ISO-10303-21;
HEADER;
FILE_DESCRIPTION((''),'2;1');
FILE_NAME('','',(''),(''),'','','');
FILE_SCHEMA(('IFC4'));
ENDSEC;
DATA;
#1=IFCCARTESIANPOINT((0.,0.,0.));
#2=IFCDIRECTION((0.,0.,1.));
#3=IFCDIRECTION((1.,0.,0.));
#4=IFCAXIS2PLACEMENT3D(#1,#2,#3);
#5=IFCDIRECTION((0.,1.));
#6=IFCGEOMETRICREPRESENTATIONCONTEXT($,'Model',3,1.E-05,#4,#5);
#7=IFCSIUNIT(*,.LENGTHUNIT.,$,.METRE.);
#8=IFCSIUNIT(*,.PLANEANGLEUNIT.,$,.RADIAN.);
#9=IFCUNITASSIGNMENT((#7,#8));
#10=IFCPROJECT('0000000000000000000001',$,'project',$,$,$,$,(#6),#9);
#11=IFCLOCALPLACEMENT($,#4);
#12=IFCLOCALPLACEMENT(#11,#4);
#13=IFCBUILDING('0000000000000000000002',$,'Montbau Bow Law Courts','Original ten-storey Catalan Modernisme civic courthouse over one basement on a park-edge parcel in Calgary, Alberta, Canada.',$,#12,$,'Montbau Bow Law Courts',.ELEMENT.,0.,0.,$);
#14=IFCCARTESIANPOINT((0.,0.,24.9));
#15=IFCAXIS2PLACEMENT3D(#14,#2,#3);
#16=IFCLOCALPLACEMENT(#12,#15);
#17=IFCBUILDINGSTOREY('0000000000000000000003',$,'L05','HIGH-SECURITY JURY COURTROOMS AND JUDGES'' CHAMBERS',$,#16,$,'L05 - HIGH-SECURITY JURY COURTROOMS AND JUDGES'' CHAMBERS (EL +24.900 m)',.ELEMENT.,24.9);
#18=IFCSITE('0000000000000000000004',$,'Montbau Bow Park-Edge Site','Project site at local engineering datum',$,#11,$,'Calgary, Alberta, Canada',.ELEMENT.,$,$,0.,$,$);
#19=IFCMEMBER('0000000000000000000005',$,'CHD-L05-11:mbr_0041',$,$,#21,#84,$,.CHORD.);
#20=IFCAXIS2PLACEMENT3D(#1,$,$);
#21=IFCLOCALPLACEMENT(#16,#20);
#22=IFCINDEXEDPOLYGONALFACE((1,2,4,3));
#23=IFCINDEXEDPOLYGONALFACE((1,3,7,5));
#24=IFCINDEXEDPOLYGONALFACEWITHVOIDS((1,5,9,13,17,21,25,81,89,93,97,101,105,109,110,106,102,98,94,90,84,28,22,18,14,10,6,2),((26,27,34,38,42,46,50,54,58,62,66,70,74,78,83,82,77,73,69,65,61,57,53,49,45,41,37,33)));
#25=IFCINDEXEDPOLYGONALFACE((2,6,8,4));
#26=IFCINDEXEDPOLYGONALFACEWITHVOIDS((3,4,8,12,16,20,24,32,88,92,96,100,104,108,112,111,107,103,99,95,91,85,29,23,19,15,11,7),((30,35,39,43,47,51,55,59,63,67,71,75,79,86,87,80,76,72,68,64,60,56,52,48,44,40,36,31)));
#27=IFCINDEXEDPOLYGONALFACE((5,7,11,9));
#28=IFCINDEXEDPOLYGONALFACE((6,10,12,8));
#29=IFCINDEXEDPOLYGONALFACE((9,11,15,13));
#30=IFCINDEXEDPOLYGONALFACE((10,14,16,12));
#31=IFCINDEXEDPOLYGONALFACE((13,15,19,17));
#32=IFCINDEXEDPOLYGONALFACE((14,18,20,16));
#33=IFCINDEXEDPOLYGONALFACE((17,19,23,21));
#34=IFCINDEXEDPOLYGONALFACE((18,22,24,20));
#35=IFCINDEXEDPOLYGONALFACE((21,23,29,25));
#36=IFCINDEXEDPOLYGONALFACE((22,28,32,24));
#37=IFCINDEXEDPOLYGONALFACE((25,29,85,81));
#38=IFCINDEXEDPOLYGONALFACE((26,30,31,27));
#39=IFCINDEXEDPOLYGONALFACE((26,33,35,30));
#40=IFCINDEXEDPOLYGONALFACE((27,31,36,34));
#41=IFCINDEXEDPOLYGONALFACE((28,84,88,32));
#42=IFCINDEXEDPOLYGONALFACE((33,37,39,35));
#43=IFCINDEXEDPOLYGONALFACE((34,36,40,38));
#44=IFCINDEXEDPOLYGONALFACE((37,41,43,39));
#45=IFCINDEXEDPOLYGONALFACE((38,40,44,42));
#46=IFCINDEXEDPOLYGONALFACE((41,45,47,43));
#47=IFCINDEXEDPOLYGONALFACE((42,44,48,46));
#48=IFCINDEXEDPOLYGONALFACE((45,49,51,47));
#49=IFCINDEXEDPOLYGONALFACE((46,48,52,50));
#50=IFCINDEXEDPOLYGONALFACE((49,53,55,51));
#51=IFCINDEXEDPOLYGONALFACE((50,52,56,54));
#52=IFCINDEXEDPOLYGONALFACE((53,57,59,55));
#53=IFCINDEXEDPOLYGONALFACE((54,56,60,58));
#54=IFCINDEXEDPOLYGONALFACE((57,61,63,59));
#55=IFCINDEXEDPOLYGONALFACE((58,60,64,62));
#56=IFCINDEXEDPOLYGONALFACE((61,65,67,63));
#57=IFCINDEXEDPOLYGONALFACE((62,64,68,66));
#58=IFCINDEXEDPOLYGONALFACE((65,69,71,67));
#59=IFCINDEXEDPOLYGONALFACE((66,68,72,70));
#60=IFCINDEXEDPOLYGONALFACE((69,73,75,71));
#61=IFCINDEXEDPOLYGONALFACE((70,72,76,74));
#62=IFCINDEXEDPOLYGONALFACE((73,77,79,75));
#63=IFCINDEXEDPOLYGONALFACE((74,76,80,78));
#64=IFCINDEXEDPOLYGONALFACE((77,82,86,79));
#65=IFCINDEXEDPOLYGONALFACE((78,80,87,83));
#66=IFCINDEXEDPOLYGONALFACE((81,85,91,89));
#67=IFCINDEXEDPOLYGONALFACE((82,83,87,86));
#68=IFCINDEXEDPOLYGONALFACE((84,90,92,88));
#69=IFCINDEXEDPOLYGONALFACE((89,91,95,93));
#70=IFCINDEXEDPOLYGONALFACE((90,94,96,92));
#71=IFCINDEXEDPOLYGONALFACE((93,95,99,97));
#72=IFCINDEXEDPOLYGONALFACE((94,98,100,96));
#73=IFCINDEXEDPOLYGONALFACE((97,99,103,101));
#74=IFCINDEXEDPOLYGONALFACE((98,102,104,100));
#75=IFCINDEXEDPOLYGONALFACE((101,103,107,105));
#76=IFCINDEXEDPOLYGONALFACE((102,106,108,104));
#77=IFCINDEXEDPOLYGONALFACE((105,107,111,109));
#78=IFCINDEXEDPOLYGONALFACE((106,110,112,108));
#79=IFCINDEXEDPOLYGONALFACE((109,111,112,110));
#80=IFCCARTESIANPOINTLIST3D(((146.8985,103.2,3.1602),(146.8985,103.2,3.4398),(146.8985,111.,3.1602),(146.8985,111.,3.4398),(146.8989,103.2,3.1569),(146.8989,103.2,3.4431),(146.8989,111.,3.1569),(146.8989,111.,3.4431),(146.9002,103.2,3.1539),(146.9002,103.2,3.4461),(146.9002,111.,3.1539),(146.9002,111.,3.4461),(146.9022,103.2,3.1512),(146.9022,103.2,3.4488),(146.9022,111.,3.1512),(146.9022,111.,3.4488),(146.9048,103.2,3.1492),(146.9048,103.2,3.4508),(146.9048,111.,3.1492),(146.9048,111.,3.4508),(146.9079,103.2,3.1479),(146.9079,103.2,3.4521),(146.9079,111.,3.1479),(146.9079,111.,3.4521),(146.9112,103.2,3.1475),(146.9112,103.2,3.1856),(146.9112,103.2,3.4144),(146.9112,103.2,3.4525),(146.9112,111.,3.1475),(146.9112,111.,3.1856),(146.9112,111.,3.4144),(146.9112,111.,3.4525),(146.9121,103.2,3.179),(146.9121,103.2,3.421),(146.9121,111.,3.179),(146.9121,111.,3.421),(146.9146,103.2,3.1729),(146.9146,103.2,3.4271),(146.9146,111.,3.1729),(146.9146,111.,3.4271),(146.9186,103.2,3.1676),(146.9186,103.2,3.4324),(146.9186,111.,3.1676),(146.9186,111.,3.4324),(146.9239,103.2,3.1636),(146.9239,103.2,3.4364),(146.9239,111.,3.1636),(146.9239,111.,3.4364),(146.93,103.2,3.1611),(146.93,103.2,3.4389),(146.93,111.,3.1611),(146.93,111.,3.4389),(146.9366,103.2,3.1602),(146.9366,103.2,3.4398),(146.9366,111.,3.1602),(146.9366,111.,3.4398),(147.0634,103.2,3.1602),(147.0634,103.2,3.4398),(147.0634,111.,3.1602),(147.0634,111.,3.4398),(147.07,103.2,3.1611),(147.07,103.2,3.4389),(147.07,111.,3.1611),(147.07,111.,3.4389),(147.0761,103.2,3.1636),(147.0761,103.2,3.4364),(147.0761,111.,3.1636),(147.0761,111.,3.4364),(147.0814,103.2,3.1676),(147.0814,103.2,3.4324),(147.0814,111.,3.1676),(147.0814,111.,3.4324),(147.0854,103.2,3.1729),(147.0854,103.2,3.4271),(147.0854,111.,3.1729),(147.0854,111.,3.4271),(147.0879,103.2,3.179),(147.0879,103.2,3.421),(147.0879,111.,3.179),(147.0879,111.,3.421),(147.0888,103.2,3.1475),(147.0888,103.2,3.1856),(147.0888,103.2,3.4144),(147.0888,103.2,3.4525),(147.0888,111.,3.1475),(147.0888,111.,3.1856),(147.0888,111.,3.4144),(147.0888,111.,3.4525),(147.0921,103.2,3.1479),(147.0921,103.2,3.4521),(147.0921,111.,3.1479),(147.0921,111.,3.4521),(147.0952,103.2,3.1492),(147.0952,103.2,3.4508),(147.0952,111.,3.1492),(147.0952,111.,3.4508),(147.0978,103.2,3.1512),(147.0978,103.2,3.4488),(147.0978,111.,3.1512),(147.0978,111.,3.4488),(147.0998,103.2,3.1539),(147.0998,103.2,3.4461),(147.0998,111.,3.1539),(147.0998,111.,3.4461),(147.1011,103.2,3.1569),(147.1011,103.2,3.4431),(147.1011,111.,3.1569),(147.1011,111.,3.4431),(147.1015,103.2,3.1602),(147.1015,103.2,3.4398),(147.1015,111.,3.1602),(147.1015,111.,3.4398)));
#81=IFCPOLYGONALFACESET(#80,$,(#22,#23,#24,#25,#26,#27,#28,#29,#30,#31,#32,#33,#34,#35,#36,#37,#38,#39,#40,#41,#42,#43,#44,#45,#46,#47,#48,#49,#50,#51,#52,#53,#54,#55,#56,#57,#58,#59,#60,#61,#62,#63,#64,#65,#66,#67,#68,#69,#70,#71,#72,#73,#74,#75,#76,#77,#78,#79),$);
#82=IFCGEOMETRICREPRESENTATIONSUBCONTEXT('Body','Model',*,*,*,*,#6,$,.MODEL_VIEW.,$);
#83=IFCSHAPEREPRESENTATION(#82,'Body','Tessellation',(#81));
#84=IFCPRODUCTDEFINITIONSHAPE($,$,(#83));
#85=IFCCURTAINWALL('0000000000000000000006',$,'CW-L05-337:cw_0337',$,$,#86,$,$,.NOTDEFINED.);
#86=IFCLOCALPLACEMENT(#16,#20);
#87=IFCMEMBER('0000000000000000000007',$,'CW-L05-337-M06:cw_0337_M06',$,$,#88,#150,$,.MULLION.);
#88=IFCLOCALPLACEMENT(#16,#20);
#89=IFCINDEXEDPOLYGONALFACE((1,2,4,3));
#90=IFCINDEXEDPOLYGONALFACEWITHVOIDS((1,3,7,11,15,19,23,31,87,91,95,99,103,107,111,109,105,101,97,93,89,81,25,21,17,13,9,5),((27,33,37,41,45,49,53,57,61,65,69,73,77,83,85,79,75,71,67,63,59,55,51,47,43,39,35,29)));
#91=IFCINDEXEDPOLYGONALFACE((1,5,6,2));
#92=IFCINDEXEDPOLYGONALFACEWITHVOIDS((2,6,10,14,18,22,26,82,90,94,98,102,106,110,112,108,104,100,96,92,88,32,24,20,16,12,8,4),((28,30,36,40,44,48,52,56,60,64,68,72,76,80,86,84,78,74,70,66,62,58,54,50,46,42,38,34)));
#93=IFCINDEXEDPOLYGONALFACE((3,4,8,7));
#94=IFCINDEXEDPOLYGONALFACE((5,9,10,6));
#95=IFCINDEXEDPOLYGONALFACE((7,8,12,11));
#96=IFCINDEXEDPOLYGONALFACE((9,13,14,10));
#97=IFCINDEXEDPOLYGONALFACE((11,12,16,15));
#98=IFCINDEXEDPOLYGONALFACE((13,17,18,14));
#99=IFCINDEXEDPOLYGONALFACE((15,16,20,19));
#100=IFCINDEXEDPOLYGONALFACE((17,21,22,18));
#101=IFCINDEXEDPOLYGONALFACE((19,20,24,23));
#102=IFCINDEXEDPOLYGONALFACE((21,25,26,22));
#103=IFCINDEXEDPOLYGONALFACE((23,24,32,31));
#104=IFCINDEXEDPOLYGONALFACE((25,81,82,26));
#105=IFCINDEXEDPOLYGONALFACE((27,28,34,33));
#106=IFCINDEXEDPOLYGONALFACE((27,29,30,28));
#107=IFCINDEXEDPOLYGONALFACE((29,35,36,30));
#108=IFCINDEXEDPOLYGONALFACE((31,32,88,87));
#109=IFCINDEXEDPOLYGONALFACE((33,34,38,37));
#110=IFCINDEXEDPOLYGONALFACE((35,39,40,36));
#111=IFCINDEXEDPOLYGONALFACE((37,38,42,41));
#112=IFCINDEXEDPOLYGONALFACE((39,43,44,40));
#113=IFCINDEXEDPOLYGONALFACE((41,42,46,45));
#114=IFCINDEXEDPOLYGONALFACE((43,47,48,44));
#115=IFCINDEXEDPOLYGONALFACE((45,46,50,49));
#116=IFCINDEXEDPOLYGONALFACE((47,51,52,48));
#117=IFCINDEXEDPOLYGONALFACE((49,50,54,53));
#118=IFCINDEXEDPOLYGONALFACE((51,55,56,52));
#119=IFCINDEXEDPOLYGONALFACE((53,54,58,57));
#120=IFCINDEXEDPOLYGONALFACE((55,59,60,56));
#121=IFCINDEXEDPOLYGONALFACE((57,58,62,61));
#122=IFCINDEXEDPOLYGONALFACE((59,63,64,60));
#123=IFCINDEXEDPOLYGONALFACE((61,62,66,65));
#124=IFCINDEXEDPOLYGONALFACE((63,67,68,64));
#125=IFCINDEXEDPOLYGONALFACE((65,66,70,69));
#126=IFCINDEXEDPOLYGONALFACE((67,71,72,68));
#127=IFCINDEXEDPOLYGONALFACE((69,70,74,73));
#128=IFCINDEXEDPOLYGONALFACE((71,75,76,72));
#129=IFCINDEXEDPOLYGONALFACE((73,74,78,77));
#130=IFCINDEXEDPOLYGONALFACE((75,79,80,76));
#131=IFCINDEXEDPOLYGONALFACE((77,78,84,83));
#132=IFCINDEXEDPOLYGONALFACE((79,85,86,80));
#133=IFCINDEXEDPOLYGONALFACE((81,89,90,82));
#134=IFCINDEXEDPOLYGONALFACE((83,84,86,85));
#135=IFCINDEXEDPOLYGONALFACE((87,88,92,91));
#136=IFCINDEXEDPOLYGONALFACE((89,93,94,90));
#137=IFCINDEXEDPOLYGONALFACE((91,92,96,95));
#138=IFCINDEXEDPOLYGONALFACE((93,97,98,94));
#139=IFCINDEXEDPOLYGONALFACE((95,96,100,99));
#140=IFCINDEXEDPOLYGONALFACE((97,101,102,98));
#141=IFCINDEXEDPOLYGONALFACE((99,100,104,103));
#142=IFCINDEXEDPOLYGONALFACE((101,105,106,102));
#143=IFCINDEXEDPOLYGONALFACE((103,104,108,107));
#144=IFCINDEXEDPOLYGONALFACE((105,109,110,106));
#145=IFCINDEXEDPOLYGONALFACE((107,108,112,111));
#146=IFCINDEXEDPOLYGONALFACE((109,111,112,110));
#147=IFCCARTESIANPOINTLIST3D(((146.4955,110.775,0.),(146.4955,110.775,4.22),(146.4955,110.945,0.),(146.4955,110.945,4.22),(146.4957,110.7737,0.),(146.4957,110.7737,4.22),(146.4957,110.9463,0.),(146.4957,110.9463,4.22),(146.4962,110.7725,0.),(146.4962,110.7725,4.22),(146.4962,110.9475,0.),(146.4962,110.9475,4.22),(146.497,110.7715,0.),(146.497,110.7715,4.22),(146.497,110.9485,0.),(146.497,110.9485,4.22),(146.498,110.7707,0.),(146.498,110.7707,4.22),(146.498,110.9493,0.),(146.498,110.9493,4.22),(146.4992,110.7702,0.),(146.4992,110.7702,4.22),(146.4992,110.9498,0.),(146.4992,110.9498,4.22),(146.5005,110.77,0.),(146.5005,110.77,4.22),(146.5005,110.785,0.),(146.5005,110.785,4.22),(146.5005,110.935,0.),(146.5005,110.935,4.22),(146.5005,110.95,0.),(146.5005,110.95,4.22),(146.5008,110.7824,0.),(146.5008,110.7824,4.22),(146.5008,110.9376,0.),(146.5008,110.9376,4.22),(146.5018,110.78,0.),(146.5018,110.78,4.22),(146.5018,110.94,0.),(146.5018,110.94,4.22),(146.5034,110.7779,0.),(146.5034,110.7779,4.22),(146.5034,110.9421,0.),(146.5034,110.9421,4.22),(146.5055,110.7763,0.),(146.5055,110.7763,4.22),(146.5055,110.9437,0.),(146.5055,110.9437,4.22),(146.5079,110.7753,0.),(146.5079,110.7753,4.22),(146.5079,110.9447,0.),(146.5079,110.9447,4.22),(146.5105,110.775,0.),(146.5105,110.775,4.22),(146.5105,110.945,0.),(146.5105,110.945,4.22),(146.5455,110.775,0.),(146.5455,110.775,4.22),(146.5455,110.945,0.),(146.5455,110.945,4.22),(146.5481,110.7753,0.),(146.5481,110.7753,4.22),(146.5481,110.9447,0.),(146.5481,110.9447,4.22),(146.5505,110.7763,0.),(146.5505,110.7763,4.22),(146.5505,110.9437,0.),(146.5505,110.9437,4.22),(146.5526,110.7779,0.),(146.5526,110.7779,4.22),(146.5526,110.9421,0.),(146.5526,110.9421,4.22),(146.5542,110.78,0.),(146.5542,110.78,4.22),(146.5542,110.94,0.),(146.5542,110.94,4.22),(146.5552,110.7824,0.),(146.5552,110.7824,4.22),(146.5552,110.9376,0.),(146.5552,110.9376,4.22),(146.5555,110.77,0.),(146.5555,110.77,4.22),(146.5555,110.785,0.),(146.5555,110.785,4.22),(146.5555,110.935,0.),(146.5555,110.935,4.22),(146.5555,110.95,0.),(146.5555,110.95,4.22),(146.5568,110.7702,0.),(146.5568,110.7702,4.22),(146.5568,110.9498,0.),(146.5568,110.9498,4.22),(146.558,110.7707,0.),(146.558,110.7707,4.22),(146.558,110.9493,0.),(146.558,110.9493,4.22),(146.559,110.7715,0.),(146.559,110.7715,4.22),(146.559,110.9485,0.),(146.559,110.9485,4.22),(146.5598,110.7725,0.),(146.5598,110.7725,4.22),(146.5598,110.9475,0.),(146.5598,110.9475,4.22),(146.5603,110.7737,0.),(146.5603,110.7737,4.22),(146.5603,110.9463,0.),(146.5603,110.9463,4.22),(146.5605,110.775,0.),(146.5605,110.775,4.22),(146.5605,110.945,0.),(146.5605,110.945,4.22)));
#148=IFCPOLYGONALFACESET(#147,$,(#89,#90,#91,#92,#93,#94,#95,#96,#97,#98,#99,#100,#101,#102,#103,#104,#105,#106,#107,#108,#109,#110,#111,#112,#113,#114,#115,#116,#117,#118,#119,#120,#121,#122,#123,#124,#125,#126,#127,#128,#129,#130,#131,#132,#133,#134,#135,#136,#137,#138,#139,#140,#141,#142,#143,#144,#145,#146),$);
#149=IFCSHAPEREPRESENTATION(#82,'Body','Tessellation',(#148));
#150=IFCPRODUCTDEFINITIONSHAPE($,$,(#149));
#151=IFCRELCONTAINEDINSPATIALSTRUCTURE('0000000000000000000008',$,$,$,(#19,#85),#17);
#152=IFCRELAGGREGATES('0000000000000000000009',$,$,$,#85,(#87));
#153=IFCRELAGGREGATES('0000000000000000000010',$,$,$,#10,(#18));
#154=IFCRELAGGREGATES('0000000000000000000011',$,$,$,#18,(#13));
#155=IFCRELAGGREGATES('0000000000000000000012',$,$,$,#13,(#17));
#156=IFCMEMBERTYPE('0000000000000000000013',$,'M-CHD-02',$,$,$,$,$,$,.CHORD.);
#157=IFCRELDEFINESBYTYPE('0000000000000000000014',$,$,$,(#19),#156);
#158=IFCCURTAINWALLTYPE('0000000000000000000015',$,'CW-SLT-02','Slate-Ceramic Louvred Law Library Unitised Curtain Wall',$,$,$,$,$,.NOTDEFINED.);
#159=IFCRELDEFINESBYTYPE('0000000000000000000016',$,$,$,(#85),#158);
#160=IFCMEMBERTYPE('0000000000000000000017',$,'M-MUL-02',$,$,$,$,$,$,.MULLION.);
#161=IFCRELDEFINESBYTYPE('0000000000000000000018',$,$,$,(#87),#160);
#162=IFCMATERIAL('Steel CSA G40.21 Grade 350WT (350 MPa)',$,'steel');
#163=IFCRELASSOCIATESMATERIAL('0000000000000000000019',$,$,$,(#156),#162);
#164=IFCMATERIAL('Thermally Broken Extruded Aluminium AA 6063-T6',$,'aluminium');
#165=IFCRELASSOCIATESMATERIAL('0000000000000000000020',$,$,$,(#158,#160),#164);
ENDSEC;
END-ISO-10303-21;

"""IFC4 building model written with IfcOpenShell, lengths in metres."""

from ifc_helpers import new_model, si_unit, direction, frame, origin_with_axes, origin_2d_with_axis, place, context, subcontext, project, spatial, hollow_rectangle, extrude, material, material_profile, profile_set, type_object, element, aggregate, save


model = new_model("IFC4")

# Units and contexts
model_context = context("Model", 3, precision=1e-05, world=origin_with_axes(), true_north=direction((0.0, 1.0)))
body_context = subcontext(model_context, "Body", "Model", "MODEL_VIEW")
ifc_project = project(units=[si_unit("LENGTHUNIT", "METRE"), si_unit("PLANEANGLEUNIT", "RADIAN")], contexts=[model_context])

# Site, building, storey
site_placement = place(None, origin_with_axes())
site = spatial("IfcSite", under=ifc_project, at=site_placement, Name="Montbau Bow Park-Edge Site", Description="Project site at local engineering datum", LongName="Calgary, Alberta, Canada", CompositionType="ELEMENT", RefElevation=0.0)
building_placement = place(site_placement, origin_with_axes())
building = spatial("IfcBuilding", under=site, at=building_placement, Name="Montbau Bow Law Courts", Description="Original ten-storey Catalan Modernisme civic courthouse over one basement on a park-edge parcel in Calgary, Alberta, Canada.", LongName="Montbau Bow Law Courts", CompositionType="ELEMENT", ElevationOfRefHeight=0.0, ElevationOfTerrain=0.0)
storey_placement = place(building_placement, frame((0.0, 0.0, 24.9), z_axis=(0.0, 0.0, 1.0), x_axis=(1.0, 0.0, 0.0)))
storey = spatial("IfcBuildingStorey", under=building, at=storey_placement, Name="L05", Description="HIGH-SECURITY JURY COURTROOMS AND JUDGES' CHAMBERS", LongName="L05 - HIGH-SECURITY JURY COURTROOMS AND JUDGES' CHAMBERS (EL +24.900 m)", CompositionType="ELEMENT", Elevation=24.9)

# Shared definitions
ifc_material_1 = material(Name="Steel CSA G40.21 Grade 350WT (350 MPa)", Category="steel")

# Member
ifc_material_profile_1 = material_profile(ifc_material_1, hollow_rectangle(XDim=0.203, YDim=0.305, WallThickness=0.0127, InnerFilletRadius=0.0254, OuterFilletRadius=0.0127, at=origin_2d_with_axis()), Name="HSS305X203X13", Category="Main", Priority=0)
ifc_profile_set_1 = profile_set([ifc_material_profile_1], Name="Steel CSA G40.21 Grade 350WT (350 MPa)")
member_type_1 = type_object("IfcMemberType", Name="M-CHD-02", PredefinedType="CHORD", material=ifc_profile_set_1)
for number, where, z_axis, x_axis, name in (
    (1, (147.0, 103.2, 28.2), (0.0, 1.0, 0.0), (-1.0, 0.0, 0.0), "CHD-L05-11:mbr_0041"),
):
    element("IfcMember", number, at=place(None, frame(where, z_axis=z_axis, x_axis=x_axis)), inside=storey, type_object=member_type_1, Name=name, PredefinedType="CHORD", context=body_context, shape_type="SweptSolid", body=[
        extrude(hollow_rectangle(XDim=0.203, YDim=0.305, WallThickness=0.0127, InnerFilletRadius=0.0254, OuterFilletRadius=0.0127, at=origin_2d_with_axis()), origin_with_axes(), (0.0, 0.0, 1.0), 7.8),
    ])

# Curtain wall, member
ifc_material_2 = material(Name="Thermally Broken Extruded Aluminium AA 6063-T6", Category="aluminium")
curtain_wall_type = type_object("IfcCurtainWallType", Name="CW-SLT-02", Description="Slate-Ceramic Louvred Law Library Unitised Curtain Wall", PredefinedType="NOTDEFINED", material=ifc_material_2)
curtain_wall_placement = place(None, frame((139.04, 110.86, 24.9), z_axis=(0.0, 0.0, 1.0), x_axis=(1.0, 0.0, 0.0)))
curtain_wall = element("IfcCurtainWall", 2, at=curtain_wall_placement, inside=storey, type_object=curtain_wall_type, Name="CW-L05-337:cw_0337", PredefinedType="NOTDEFINED")
ifc_material_profile_2 = material_profile(ifc_material_2, hollow_rectangle(XDim=0.065, YDim=0.18, WallThickness=0.005, InnerFilletRadius=0.01, OuterFilletRadius=0.005, at=origin_2d_with_axis()), Name="CWM-180X65", Category="Main", Priority=0)
ifc_profile_set_2 = profile_set([ifc_material_profile_2], Name="Thermally Broken Extruded Aluminium AA 6063-T6")
member_type_2 = type_object("IfcMemberType", Name="M-MUL-02", PredefinedType="MULLION", material=ifc_profile_set_2)
member_1_placement = place(None, frame((146.528, 110.86, 24.9), z_axis=(0.0, 0.0, 1.0), x_axis=(1.0, 0.0, 0.0)))
member_1 = element("IfcMember", 3, at=member_1_placement, type_object=member_type_2, Name="CW-L05-337-M06:cw_0337_M06", PredefinedType="MULLION", context=body_context, shape_type="SweptSolid", body=[
    extrude(hollow_rectangle(XDim=0.065, YDim=0.18, WallThickness=0.005, InnerFilletRadius=0.01, OuterFilletRadius=0.005, at=origin_2d_with_axis()), origin_with_axes(), (0.0, 0.0, 1.0), 4.22),
])
aggregate(curtain_wall, [member_1])

save(model, "model.ifc")
